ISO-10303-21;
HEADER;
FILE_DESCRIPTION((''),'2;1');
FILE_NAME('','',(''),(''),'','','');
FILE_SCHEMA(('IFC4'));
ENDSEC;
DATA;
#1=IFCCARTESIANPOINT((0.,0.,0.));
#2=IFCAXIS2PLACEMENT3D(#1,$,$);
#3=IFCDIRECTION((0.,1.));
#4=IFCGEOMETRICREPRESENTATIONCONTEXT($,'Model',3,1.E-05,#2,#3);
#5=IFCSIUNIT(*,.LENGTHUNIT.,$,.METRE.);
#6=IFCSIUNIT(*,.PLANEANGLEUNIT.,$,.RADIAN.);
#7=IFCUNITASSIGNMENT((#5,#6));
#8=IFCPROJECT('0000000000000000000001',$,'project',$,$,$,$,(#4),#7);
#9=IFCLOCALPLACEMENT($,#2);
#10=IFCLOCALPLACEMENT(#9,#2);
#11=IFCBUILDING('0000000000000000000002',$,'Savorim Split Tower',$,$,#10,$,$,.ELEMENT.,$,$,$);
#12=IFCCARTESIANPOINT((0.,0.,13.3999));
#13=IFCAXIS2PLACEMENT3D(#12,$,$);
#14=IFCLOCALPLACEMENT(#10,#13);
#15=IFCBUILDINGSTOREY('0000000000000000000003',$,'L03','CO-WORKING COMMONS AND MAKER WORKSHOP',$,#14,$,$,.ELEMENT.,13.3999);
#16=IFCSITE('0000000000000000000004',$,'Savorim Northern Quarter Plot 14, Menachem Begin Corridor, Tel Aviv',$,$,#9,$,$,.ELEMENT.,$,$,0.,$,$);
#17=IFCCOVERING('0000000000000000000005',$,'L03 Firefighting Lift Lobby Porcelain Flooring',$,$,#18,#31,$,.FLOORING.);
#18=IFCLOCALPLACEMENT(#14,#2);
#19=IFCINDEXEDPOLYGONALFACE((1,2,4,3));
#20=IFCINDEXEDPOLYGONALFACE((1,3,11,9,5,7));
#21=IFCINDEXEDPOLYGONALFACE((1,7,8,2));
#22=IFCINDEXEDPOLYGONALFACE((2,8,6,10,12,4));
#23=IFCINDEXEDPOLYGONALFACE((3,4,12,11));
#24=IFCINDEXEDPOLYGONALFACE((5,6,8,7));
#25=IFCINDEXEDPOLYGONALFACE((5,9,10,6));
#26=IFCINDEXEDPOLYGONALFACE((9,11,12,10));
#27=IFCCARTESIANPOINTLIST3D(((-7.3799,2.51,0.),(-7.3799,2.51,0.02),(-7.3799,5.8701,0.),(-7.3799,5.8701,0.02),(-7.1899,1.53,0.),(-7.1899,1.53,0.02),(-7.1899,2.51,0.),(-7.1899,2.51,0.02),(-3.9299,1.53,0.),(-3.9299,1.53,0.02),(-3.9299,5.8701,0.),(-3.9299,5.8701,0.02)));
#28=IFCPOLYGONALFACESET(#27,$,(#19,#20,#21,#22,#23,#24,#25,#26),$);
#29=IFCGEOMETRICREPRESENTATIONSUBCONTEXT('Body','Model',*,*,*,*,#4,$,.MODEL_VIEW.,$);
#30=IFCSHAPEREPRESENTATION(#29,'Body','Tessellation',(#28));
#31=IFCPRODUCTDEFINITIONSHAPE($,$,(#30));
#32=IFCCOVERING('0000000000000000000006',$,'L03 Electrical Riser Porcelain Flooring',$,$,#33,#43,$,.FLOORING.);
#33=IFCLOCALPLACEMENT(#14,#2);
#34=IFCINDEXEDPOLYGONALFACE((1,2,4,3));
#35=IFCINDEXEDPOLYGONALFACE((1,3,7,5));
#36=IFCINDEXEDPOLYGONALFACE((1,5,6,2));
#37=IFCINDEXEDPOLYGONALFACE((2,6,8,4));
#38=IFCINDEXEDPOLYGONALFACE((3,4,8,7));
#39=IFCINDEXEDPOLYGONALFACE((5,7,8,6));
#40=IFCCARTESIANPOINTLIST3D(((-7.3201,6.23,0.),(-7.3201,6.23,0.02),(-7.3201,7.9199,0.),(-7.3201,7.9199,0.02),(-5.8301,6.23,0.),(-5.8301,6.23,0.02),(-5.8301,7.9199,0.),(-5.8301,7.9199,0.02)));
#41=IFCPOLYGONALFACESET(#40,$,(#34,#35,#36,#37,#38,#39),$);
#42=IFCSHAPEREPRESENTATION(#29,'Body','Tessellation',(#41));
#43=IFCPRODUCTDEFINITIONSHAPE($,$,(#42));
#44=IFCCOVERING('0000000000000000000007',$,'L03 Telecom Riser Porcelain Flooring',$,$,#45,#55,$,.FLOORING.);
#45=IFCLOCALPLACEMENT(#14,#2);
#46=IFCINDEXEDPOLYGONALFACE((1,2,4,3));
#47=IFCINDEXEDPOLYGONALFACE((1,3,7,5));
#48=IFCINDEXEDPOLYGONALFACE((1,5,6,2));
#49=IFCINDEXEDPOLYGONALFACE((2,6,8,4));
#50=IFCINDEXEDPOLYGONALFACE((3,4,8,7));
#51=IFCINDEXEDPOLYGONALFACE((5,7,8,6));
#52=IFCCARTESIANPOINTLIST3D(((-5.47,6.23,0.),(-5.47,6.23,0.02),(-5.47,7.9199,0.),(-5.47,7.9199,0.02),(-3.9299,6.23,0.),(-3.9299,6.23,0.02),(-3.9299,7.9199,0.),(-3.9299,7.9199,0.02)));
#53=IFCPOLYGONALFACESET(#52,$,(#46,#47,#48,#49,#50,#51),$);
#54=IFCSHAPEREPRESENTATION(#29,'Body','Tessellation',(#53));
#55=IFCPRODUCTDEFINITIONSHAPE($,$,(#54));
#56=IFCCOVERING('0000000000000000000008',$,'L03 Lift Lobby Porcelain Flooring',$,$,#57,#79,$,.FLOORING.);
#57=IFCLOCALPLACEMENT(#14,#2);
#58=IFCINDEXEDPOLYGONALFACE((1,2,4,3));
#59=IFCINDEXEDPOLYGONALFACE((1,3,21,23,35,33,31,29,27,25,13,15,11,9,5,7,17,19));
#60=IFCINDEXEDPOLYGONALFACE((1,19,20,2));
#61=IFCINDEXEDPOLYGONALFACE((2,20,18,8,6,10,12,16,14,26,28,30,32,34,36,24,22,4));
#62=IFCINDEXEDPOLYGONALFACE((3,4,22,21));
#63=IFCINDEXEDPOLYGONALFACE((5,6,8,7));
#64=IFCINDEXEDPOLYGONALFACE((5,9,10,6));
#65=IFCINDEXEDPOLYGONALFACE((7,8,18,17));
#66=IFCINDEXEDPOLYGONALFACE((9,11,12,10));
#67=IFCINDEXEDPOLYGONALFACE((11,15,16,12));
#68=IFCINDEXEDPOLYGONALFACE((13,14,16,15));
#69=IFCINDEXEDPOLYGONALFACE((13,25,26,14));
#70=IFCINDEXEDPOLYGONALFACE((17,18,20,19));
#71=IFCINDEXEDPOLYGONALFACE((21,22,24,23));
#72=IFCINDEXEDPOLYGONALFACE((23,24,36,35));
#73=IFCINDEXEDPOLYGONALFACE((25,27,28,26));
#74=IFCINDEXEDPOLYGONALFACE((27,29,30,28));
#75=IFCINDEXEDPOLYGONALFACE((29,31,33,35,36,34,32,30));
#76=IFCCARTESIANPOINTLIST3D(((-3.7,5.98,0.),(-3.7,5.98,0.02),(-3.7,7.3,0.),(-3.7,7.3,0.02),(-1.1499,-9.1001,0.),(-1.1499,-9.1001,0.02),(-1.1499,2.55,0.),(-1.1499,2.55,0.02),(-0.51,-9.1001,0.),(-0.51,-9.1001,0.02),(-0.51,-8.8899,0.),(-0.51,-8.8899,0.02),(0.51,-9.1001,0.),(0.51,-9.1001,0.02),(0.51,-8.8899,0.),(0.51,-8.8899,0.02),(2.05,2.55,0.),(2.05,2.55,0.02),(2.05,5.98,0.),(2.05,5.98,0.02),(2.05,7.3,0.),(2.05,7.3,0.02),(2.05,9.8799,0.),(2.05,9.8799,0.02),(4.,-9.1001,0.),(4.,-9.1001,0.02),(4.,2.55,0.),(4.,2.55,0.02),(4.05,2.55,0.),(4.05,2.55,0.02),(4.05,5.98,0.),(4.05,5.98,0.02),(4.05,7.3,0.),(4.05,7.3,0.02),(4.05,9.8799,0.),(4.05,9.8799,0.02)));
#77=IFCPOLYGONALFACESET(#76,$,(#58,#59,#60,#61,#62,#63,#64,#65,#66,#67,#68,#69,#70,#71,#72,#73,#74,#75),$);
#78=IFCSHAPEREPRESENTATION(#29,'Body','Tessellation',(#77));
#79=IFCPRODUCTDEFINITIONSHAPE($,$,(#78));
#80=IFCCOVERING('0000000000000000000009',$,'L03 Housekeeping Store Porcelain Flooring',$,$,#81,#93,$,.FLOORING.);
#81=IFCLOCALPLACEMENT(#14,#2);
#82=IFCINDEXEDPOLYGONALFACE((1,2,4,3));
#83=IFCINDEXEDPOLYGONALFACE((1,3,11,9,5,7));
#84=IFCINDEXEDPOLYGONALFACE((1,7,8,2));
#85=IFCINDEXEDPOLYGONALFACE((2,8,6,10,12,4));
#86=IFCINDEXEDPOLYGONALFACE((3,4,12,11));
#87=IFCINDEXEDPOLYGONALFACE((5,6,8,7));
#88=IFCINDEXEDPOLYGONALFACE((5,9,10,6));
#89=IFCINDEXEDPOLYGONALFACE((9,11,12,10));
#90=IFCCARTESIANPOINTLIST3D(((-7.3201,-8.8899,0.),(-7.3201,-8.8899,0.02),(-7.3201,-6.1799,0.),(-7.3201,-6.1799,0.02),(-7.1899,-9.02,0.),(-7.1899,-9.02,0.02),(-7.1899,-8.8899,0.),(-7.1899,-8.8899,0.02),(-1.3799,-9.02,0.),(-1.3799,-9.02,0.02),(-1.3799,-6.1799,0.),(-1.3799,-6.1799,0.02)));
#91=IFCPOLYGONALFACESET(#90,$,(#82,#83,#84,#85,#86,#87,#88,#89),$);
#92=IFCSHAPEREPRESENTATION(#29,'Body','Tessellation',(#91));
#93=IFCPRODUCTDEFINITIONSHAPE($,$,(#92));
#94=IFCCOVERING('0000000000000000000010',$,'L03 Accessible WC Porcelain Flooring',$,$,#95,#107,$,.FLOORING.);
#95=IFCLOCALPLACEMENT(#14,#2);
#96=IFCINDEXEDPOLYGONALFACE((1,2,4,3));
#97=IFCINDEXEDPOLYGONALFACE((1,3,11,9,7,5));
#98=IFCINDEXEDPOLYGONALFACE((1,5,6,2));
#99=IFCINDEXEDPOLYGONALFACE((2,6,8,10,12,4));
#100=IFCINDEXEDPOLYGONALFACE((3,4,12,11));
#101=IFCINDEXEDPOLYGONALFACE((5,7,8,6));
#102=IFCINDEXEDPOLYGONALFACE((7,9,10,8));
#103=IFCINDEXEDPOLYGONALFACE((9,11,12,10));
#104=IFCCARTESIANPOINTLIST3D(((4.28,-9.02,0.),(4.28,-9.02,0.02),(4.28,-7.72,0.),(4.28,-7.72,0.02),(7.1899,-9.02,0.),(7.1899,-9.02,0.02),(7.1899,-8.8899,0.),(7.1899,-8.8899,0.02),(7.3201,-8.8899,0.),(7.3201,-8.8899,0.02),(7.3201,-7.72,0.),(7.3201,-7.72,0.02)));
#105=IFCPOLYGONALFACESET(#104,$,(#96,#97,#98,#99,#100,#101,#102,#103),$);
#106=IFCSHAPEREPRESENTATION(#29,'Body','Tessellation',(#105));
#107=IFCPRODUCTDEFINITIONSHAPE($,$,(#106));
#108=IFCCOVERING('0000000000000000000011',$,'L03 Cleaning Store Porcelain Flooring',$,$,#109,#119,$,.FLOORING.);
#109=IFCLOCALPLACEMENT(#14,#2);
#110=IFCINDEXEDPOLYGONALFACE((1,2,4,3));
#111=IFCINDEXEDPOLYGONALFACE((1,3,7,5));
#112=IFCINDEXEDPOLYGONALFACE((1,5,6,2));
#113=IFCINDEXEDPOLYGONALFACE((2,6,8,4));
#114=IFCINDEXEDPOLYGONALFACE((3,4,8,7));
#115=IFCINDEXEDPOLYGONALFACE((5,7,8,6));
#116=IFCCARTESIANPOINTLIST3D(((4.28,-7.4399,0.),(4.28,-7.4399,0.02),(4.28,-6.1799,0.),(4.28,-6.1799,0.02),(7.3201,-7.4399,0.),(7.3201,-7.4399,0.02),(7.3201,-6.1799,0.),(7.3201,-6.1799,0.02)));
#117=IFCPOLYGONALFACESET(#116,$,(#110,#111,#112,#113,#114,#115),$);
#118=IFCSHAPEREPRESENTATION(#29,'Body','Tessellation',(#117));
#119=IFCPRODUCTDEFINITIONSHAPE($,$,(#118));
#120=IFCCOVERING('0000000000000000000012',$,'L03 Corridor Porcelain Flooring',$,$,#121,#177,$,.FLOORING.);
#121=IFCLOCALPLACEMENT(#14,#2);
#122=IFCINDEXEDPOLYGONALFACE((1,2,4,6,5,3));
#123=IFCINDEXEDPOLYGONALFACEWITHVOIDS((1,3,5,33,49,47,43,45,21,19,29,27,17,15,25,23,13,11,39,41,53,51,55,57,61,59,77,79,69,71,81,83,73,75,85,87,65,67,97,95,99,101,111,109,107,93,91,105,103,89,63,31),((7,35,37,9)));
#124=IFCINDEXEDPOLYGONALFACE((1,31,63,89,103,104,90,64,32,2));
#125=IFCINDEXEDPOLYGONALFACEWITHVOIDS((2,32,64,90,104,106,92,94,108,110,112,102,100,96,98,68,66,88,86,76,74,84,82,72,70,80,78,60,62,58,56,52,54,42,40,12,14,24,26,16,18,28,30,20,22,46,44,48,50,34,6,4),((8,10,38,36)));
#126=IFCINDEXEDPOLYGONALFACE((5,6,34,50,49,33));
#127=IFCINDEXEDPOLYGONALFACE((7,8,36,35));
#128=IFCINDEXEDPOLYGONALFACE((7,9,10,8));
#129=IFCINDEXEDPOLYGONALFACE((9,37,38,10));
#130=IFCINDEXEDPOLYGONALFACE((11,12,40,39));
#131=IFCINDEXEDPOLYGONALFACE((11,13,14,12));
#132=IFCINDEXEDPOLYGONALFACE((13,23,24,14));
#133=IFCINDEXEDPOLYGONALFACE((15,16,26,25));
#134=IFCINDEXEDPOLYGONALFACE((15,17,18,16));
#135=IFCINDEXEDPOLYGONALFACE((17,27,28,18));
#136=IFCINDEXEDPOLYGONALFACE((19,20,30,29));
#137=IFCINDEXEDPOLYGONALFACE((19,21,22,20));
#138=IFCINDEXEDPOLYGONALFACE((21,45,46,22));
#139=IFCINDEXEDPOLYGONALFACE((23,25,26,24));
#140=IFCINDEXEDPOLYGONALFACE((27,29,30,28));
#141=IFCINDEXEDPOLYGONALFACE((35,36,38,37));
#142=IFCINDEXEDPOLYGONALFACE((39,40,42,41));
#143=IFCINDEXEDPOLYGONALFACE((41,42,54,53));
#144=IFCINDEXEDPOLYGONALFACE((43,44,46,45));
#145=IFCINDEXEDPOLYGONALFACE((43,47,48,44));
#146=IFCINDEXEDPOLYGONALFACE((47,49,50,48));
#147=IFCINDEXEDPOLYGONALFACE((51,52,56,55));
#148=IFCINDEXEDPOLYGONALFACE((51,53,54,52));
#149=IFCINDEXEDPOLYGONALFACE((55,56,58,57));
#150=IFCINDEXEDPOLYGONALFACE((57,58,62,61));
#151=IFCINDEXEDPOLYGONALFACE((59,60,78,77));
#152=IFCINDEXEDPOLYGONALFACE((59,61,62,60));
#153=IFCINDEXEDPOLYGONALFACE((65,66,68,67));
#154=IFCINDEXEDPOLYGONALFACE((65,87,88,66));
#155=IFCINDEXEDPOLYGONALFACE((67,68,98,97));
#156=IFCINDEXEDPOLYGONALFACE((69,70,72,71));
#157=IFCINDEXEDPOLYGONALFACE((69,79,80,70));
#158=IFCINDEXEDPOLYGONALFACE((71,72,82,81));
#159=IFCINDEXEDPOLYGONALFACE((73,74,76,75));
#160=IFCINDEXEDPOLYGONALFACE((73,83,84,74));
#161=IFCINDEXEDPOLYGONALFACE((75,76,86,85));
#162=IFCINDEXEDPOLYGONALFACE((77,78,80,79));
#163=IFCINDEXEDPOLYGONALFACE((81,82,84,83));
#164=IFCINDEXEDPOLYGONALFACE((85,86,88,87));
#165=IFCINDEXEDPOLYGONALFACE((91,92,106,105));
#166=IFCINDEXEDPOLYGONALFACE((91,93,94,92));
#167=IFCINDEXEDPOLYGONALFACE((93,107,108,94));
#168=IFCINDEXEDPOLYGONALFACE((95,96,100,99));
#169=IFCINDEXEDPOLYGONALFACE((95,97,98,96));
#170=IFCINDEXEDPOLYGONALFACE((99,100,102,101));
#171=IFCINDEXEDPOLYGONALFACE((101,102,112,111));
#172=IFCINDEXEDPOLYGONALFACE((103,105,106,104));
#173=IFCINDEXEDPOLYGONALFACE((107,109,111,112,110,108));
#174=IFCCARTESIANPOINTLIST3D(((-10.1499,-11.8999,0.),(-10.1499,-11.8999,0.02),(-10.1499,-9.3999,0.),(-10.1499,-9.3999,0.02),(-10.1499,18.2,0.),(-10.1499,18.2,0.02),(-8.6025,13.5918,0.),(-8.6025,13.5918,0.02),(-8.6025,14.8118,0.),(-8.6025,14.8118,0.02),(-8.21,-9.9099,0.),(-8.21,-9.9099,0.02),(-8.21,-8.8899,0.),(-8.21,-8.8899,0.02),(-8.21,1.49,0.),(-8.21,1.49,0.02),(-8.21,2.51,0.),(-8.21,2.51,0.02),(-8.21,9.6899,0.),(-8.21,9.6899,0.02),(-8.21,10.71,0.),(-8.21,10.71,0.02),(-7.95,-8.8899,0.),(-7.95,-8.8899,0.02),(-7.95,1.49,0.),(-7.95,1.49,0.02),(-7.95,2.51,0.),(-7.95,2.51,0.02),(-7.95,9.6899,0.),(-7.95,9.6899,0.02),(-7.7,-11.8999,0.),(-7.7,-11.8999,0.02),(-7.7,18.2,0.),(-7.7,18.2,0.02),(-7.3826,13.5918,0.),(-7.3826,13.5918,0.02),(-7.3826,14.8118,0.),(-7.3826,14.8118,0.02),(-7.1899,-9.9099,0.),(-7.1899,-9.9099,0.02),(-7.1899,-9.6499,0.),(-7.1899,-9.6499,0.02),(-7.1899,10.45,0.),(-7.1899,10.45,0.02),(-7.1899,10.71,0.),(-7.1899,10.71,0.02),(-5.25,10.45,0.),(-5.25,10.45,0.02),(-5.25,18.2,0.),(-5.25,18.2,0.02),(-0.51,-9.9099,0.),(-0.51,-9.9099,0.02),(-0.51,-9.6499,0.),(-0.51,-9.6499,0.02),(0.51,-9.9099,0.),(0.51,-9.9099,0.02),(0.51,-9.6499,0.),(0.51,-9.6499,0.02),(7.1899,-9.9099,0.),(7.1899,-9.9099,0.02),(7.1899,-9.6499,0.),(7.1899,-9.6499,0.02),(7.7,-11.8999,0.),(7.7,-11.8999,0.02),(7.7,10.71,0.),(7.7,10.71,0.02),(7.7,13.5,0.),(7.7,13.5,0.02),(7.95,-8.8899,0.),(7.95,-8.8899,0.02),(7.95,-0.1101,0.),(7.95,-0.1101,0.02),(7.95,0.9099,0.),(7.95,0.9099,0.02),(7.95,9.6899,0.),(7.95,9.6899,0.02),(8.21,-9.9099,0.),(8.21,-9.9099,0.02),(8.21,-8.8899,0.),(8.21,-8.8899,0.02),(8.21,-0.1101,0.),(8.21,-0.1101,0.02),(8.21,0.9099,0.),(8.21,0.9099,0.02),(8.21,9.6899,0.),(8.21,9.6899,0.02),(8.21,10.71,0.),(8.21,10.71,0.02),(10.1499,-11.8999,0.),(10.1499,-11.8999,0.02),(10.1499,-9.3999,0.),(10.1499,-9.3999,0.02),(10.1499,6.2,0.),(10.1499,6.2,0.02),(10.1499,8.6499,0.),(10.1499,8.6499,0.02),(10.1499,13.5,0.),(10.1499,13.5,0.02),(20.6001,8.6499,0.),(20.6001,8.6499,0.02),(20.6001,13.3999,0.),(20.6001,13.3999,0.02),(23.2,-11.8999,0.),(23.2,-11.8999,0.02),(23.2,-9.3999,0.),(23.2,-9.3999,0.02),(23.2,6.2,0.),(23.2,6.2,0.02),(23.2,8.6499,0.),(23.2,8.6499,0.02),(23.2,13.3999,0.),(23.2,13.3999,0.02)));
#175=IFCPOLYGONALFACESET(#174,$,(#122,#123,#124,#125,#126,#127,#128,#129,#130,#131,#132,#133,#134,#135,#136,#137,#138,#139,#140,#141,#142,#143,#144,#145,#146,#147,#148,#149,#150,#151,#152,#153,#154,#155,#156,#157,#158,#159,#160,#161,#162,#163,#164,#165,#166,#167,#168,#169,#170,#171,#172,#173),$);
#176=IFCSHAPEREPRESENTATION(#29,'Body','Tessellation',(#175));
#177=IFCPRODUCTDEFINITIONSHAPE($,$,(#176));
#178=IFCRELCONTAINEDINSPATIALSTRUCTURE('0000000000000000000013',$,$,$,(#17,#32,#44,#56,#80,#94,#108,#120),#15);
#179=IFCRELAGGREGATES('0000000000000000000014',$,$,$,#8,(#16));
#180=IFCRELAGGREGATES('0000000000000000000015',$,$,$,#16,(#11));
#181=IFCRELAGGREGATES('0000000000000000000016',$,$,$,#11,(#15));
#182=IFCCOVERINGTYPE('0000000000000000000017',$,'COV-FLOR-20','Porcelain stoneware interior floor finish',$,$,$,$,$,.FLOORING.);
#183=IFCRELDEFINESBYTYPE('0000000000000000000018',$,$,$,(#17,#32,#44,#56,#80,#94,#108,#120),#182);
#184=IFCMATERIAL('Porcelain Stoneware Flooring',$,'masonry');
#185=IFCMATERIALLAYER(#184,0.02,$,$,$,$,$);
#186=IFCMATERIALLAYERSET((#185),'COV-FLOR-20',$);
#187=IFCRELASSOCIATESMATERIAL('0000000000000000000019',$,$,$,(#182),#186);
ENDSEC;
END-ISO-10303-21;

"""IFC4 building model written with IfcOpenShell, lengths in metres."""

from ifc_helpers import new_model, si_unit, direction, frame, origin, place, context, subcontext, project, spatial, polyline, outline, extrude, material, layer, layer_set, type_object, element, save


model = new_model("IFC4")

# Units and contexts
model_context = context("Model", 3, precision=1e-05, world=origin(), true_north=direction((0.0, 1.0)))
body_context = subcontext(model_context, "Body", "Model", "MODEL_VIEW")
ifc_project = project(units=[si_unit("LENGTHUNIT", "METRE"), si_unit("PLANEANGLEUNIT", "RADIAN")], contexts=[model_context])

# Site, building, storey
site_placement = place(None, origin())
site = spatial("IfcSite", under=ifc_project, at=site_placement, Name="Savorim Northern Quarter Plot 14, Menachem Begin Corridor, Tel Aviv", CompositionType="ELEMENT", RefElevation=0.0)
building_placement = place(site_placement, origin())
building = spatial("IfcBuilding", under=site, at=building_placement, Name="Savorim Split Tower", CompositionType="ELEMENT")
storey_placement = place(building_placement, frame((0.0, 0.0, 13.3999)))
storey = spatial("IfcBuildingStorey", under=building, at=storey_placement, Name="L03", Description="CO-WORKING COMMONS AND MAKER WORKSHOP", CompositionType="ELEMENT", Elevation=13.3999)

# Coverings
ifc_material_1 = material(Name="Porcelain Stoneware Flooring", Category="masonry")
ifc_layer_1 = layer(ifc_material_1, 0.02)
ifc_layer_set_1 = layer_set([ifc_layer_1], Name="COV-FLOR-20")
covering_type_1 = type_object("IfcCoveringType", Name="COV-FLOR-20", Description="Porcelain stoneware interior floor finish", PredefinedType="FLOORING", material=ifc_layer_set_1)
covering_1_placement = place(storey_placement, origin())
element("IfcCovering", 1, at=covering_1_placement, inside=storey, type_object=covering_type_1, Name="L03 Firefighting Lift Lobby Porcelain Flooring", PredefinedType="FLOORING", context=body_context, shape_type="SweptSolid", body=[
    extrude(outline(polyline([(-3.9299, 5.8701), (-7.3799, 5.8701), (-7.3799, 2.51), (-7.1899, 2.51), (-7.1899, 1.53), (-3.9299, 1.53), (-3.9299, 5.8701)])), origin(), (0.0, 0.0, 1.0), 0.02),
])
covering_2_placement = place(storey_placement, origin())
element("IfcCovering", 2, at=covering_2_placement, inside=storey, type_object=covering_type_1, Name="L03 Electrical Riser Porcelain Flooring", PredefinedType="FLOORING", context=body_context, shape_type="SweptSolid", body=[
    extrude(outline(polyline([(-7.3201, 7.9199), (-7.3201, 6.23), (-5.8301, 6.23), (-5.8301, 7.9199), (-7.3201, 7.9199)])), origin(), (0.0, 0.0, 1.0), 0.02),
])
covering_3_placement = place(storey_placement, origin())
element("IfcCovering", 3, at=covering_3_placement, inside=storey, type_object=covering_type_1, Name="L03 Telecom Riser Porcelain Flooring", PredefinedType="FLOORING", context=body_context, shape_type="SweptSolid", body=[
    extrude(outline(polyline([(-5.47, 7.9199), (-5.47, 6.23), (-3.9299, 6.23), (-3.9299, 7.9199), (-5.47, 7.9199)])), origin(), (0.0, 0.0, 1.0), 0.02),
])
covering_4_placement = place(storey_placement, origin())
element("IfcCovering", 4, at=covering_4_placement, inside=storey, type_object=covering_type_1, Name="L03 Lift Lobby Porcelain Flooring", PredefinedType="FLOORING", context=body_context, shape_type="SweptSolid", body=[
    extrude(outline(polyline([(2.05, 2.55), (-1.1499, 2.55), (-1.1499, -9.1001), (-0.51, -9.1001), (-0.51, -8.8899), (0.51, -8.8899), (0.51, -9.1001), (4.0, -9.1001), (4.0, 2.55), (4.05, 2.55), (4.05, 5.98), (4.05, 7.3), (4.05, 9.8799), (2.05, 9.8799), (2.05, 7.3), (-3.7, 7.3), (-3.7, 5.98), (2.05, 5.98), (2.05, 2.55)])), origin(), (0.0, 0.0, 1.0), 0.02),
])
covering_5_placement = place(storey_placement, origin())
element("IfcCovering", 5, at=covering_5_placement, inside=storey, type_object=covering_type_1, Name="L03 Housekeeping Store Porcelain Flooring", PredefinedType="FLOORING", context=body_context, shape_type="SweptSolid", body=[
    extrude(outline(polyline([(-1.3799, -6.1799), (-7.3201, -6.1799), (-7.3201, -8.8899), (-7.1899, -8.8899), (-7.1899, -9.02), (-1.3799, -9.02), (-1.3799, -6.1799)])), origin(), (0.0, 0.0, 1.0), 0.02),
])
covering_6_placement = place(storey_placement, origin())
element("IfcCovering", 6, at=covering_6_placement, inside=storey, type_object=covering_type_1, Name="L03 Accessible WC Porcelain Flooring", PredefinedType="FLOORING", context=body_context, shape_type="SweptSolid", body=[
    extrude(outline(polyline([(4.28, -7.72), (4.28, -9.02), (7.1899, -9.02), (7.1899, -8.8899), (7.3201, -8.8899), (7.3201, -7.72), (4.28, -7.72)])), origin(), (0.0, 0.0, 1.0), 0.02),
])
covering_7_placement = place(storey_placement, origin())
element("IfcCovering", 7, at=covering_7_placement, inside=storey, type_object=covering_type_1, Name="L03 Cleaning Store Porcelain Flooring", PredefinedType="FLOORING", context=body_context, shape_type="SweptSolid", body=[
    extrude(outline(polyline([(4.28, -6.1799), (4.28, -7.4399), (7.3201, -7.4399), (7.3201, -6.1799), (4.28, -6.1799)])), origin(), (0.0, 0.0, 1.0), 0.02),
])
covering_8_placement = place(storey_placement, origin())
element("IfcCovering", 8, at=covering_8_placement, inside=storey, type_object=covering_type_1, Name="L03 Corridor Porcelain Flooring", PredefinedType="FLOORING", context=body_context, shape_type="SweptSolid", body=[
    extrude(outline(polyline([(-7.7, 18.2), (-10.1499, 18.2), (-10.1499, -9.3999), (-10.1499, -11.8999), (-7.7, -11.8999), (7.7, -11.8999), (10.1499, -11.8999), (23.2, -11.8999), (23.2, -9.3999), (10.1499, -9.3999), (10.1499, 6.2), (23.2, 6.2), (23.2, 8.6499), (23.2, 13.3999), (20.6001, 13.3999), (20.6001, 8.6499), (10.1499, 8.6499), (10.1499, 13.5), (7.7, 13.5), (7.7, 10.71), (8.21, 10.71), (8.21, 9.6899), (7.95, 9.6899), (7.95, 0.9099), (8.21, 0.9099), (8.21, -0.1101), (7.95, -0.1101), (7.95, -8.8899), (8.21, -8.8899), (8.21, -9.9099), (7.1899, -9.9099), (7.1899, -9.6499), (0.51, -9.6499), (0.51, -9.9099), (-0.51, -9.9099), (-0.51, -9.6499), (-7.1899, -9.6499), (-7.1899, -9.9099), (-8.21, -9.9099), (-8.21, -8.8899), (-7.95, -8.8899), (-7.95, 1.49), (-8.21, 1.49), (-8.21, 2.51), (-7.95, 2.51), (-7.95, 9.6899), (-8.21, 9.6899), (-8.21, 10.71), (-7.1899, 10.71), (-7.1899, 10.45), (-5.25, 10.45), (-5.25, 18.2), (-7.7, 18.2)]), holes=[polyline([(-8.6025, 13.5918), (-7.3826, 13.5918), (-7.3826, 14.8118), (-8.6025, 14.8118), (-8.6025, 13.5918)])]), origin(), (0.0, 0.0, 1.0), 0.02),
])

save(model, "model.ifc")
